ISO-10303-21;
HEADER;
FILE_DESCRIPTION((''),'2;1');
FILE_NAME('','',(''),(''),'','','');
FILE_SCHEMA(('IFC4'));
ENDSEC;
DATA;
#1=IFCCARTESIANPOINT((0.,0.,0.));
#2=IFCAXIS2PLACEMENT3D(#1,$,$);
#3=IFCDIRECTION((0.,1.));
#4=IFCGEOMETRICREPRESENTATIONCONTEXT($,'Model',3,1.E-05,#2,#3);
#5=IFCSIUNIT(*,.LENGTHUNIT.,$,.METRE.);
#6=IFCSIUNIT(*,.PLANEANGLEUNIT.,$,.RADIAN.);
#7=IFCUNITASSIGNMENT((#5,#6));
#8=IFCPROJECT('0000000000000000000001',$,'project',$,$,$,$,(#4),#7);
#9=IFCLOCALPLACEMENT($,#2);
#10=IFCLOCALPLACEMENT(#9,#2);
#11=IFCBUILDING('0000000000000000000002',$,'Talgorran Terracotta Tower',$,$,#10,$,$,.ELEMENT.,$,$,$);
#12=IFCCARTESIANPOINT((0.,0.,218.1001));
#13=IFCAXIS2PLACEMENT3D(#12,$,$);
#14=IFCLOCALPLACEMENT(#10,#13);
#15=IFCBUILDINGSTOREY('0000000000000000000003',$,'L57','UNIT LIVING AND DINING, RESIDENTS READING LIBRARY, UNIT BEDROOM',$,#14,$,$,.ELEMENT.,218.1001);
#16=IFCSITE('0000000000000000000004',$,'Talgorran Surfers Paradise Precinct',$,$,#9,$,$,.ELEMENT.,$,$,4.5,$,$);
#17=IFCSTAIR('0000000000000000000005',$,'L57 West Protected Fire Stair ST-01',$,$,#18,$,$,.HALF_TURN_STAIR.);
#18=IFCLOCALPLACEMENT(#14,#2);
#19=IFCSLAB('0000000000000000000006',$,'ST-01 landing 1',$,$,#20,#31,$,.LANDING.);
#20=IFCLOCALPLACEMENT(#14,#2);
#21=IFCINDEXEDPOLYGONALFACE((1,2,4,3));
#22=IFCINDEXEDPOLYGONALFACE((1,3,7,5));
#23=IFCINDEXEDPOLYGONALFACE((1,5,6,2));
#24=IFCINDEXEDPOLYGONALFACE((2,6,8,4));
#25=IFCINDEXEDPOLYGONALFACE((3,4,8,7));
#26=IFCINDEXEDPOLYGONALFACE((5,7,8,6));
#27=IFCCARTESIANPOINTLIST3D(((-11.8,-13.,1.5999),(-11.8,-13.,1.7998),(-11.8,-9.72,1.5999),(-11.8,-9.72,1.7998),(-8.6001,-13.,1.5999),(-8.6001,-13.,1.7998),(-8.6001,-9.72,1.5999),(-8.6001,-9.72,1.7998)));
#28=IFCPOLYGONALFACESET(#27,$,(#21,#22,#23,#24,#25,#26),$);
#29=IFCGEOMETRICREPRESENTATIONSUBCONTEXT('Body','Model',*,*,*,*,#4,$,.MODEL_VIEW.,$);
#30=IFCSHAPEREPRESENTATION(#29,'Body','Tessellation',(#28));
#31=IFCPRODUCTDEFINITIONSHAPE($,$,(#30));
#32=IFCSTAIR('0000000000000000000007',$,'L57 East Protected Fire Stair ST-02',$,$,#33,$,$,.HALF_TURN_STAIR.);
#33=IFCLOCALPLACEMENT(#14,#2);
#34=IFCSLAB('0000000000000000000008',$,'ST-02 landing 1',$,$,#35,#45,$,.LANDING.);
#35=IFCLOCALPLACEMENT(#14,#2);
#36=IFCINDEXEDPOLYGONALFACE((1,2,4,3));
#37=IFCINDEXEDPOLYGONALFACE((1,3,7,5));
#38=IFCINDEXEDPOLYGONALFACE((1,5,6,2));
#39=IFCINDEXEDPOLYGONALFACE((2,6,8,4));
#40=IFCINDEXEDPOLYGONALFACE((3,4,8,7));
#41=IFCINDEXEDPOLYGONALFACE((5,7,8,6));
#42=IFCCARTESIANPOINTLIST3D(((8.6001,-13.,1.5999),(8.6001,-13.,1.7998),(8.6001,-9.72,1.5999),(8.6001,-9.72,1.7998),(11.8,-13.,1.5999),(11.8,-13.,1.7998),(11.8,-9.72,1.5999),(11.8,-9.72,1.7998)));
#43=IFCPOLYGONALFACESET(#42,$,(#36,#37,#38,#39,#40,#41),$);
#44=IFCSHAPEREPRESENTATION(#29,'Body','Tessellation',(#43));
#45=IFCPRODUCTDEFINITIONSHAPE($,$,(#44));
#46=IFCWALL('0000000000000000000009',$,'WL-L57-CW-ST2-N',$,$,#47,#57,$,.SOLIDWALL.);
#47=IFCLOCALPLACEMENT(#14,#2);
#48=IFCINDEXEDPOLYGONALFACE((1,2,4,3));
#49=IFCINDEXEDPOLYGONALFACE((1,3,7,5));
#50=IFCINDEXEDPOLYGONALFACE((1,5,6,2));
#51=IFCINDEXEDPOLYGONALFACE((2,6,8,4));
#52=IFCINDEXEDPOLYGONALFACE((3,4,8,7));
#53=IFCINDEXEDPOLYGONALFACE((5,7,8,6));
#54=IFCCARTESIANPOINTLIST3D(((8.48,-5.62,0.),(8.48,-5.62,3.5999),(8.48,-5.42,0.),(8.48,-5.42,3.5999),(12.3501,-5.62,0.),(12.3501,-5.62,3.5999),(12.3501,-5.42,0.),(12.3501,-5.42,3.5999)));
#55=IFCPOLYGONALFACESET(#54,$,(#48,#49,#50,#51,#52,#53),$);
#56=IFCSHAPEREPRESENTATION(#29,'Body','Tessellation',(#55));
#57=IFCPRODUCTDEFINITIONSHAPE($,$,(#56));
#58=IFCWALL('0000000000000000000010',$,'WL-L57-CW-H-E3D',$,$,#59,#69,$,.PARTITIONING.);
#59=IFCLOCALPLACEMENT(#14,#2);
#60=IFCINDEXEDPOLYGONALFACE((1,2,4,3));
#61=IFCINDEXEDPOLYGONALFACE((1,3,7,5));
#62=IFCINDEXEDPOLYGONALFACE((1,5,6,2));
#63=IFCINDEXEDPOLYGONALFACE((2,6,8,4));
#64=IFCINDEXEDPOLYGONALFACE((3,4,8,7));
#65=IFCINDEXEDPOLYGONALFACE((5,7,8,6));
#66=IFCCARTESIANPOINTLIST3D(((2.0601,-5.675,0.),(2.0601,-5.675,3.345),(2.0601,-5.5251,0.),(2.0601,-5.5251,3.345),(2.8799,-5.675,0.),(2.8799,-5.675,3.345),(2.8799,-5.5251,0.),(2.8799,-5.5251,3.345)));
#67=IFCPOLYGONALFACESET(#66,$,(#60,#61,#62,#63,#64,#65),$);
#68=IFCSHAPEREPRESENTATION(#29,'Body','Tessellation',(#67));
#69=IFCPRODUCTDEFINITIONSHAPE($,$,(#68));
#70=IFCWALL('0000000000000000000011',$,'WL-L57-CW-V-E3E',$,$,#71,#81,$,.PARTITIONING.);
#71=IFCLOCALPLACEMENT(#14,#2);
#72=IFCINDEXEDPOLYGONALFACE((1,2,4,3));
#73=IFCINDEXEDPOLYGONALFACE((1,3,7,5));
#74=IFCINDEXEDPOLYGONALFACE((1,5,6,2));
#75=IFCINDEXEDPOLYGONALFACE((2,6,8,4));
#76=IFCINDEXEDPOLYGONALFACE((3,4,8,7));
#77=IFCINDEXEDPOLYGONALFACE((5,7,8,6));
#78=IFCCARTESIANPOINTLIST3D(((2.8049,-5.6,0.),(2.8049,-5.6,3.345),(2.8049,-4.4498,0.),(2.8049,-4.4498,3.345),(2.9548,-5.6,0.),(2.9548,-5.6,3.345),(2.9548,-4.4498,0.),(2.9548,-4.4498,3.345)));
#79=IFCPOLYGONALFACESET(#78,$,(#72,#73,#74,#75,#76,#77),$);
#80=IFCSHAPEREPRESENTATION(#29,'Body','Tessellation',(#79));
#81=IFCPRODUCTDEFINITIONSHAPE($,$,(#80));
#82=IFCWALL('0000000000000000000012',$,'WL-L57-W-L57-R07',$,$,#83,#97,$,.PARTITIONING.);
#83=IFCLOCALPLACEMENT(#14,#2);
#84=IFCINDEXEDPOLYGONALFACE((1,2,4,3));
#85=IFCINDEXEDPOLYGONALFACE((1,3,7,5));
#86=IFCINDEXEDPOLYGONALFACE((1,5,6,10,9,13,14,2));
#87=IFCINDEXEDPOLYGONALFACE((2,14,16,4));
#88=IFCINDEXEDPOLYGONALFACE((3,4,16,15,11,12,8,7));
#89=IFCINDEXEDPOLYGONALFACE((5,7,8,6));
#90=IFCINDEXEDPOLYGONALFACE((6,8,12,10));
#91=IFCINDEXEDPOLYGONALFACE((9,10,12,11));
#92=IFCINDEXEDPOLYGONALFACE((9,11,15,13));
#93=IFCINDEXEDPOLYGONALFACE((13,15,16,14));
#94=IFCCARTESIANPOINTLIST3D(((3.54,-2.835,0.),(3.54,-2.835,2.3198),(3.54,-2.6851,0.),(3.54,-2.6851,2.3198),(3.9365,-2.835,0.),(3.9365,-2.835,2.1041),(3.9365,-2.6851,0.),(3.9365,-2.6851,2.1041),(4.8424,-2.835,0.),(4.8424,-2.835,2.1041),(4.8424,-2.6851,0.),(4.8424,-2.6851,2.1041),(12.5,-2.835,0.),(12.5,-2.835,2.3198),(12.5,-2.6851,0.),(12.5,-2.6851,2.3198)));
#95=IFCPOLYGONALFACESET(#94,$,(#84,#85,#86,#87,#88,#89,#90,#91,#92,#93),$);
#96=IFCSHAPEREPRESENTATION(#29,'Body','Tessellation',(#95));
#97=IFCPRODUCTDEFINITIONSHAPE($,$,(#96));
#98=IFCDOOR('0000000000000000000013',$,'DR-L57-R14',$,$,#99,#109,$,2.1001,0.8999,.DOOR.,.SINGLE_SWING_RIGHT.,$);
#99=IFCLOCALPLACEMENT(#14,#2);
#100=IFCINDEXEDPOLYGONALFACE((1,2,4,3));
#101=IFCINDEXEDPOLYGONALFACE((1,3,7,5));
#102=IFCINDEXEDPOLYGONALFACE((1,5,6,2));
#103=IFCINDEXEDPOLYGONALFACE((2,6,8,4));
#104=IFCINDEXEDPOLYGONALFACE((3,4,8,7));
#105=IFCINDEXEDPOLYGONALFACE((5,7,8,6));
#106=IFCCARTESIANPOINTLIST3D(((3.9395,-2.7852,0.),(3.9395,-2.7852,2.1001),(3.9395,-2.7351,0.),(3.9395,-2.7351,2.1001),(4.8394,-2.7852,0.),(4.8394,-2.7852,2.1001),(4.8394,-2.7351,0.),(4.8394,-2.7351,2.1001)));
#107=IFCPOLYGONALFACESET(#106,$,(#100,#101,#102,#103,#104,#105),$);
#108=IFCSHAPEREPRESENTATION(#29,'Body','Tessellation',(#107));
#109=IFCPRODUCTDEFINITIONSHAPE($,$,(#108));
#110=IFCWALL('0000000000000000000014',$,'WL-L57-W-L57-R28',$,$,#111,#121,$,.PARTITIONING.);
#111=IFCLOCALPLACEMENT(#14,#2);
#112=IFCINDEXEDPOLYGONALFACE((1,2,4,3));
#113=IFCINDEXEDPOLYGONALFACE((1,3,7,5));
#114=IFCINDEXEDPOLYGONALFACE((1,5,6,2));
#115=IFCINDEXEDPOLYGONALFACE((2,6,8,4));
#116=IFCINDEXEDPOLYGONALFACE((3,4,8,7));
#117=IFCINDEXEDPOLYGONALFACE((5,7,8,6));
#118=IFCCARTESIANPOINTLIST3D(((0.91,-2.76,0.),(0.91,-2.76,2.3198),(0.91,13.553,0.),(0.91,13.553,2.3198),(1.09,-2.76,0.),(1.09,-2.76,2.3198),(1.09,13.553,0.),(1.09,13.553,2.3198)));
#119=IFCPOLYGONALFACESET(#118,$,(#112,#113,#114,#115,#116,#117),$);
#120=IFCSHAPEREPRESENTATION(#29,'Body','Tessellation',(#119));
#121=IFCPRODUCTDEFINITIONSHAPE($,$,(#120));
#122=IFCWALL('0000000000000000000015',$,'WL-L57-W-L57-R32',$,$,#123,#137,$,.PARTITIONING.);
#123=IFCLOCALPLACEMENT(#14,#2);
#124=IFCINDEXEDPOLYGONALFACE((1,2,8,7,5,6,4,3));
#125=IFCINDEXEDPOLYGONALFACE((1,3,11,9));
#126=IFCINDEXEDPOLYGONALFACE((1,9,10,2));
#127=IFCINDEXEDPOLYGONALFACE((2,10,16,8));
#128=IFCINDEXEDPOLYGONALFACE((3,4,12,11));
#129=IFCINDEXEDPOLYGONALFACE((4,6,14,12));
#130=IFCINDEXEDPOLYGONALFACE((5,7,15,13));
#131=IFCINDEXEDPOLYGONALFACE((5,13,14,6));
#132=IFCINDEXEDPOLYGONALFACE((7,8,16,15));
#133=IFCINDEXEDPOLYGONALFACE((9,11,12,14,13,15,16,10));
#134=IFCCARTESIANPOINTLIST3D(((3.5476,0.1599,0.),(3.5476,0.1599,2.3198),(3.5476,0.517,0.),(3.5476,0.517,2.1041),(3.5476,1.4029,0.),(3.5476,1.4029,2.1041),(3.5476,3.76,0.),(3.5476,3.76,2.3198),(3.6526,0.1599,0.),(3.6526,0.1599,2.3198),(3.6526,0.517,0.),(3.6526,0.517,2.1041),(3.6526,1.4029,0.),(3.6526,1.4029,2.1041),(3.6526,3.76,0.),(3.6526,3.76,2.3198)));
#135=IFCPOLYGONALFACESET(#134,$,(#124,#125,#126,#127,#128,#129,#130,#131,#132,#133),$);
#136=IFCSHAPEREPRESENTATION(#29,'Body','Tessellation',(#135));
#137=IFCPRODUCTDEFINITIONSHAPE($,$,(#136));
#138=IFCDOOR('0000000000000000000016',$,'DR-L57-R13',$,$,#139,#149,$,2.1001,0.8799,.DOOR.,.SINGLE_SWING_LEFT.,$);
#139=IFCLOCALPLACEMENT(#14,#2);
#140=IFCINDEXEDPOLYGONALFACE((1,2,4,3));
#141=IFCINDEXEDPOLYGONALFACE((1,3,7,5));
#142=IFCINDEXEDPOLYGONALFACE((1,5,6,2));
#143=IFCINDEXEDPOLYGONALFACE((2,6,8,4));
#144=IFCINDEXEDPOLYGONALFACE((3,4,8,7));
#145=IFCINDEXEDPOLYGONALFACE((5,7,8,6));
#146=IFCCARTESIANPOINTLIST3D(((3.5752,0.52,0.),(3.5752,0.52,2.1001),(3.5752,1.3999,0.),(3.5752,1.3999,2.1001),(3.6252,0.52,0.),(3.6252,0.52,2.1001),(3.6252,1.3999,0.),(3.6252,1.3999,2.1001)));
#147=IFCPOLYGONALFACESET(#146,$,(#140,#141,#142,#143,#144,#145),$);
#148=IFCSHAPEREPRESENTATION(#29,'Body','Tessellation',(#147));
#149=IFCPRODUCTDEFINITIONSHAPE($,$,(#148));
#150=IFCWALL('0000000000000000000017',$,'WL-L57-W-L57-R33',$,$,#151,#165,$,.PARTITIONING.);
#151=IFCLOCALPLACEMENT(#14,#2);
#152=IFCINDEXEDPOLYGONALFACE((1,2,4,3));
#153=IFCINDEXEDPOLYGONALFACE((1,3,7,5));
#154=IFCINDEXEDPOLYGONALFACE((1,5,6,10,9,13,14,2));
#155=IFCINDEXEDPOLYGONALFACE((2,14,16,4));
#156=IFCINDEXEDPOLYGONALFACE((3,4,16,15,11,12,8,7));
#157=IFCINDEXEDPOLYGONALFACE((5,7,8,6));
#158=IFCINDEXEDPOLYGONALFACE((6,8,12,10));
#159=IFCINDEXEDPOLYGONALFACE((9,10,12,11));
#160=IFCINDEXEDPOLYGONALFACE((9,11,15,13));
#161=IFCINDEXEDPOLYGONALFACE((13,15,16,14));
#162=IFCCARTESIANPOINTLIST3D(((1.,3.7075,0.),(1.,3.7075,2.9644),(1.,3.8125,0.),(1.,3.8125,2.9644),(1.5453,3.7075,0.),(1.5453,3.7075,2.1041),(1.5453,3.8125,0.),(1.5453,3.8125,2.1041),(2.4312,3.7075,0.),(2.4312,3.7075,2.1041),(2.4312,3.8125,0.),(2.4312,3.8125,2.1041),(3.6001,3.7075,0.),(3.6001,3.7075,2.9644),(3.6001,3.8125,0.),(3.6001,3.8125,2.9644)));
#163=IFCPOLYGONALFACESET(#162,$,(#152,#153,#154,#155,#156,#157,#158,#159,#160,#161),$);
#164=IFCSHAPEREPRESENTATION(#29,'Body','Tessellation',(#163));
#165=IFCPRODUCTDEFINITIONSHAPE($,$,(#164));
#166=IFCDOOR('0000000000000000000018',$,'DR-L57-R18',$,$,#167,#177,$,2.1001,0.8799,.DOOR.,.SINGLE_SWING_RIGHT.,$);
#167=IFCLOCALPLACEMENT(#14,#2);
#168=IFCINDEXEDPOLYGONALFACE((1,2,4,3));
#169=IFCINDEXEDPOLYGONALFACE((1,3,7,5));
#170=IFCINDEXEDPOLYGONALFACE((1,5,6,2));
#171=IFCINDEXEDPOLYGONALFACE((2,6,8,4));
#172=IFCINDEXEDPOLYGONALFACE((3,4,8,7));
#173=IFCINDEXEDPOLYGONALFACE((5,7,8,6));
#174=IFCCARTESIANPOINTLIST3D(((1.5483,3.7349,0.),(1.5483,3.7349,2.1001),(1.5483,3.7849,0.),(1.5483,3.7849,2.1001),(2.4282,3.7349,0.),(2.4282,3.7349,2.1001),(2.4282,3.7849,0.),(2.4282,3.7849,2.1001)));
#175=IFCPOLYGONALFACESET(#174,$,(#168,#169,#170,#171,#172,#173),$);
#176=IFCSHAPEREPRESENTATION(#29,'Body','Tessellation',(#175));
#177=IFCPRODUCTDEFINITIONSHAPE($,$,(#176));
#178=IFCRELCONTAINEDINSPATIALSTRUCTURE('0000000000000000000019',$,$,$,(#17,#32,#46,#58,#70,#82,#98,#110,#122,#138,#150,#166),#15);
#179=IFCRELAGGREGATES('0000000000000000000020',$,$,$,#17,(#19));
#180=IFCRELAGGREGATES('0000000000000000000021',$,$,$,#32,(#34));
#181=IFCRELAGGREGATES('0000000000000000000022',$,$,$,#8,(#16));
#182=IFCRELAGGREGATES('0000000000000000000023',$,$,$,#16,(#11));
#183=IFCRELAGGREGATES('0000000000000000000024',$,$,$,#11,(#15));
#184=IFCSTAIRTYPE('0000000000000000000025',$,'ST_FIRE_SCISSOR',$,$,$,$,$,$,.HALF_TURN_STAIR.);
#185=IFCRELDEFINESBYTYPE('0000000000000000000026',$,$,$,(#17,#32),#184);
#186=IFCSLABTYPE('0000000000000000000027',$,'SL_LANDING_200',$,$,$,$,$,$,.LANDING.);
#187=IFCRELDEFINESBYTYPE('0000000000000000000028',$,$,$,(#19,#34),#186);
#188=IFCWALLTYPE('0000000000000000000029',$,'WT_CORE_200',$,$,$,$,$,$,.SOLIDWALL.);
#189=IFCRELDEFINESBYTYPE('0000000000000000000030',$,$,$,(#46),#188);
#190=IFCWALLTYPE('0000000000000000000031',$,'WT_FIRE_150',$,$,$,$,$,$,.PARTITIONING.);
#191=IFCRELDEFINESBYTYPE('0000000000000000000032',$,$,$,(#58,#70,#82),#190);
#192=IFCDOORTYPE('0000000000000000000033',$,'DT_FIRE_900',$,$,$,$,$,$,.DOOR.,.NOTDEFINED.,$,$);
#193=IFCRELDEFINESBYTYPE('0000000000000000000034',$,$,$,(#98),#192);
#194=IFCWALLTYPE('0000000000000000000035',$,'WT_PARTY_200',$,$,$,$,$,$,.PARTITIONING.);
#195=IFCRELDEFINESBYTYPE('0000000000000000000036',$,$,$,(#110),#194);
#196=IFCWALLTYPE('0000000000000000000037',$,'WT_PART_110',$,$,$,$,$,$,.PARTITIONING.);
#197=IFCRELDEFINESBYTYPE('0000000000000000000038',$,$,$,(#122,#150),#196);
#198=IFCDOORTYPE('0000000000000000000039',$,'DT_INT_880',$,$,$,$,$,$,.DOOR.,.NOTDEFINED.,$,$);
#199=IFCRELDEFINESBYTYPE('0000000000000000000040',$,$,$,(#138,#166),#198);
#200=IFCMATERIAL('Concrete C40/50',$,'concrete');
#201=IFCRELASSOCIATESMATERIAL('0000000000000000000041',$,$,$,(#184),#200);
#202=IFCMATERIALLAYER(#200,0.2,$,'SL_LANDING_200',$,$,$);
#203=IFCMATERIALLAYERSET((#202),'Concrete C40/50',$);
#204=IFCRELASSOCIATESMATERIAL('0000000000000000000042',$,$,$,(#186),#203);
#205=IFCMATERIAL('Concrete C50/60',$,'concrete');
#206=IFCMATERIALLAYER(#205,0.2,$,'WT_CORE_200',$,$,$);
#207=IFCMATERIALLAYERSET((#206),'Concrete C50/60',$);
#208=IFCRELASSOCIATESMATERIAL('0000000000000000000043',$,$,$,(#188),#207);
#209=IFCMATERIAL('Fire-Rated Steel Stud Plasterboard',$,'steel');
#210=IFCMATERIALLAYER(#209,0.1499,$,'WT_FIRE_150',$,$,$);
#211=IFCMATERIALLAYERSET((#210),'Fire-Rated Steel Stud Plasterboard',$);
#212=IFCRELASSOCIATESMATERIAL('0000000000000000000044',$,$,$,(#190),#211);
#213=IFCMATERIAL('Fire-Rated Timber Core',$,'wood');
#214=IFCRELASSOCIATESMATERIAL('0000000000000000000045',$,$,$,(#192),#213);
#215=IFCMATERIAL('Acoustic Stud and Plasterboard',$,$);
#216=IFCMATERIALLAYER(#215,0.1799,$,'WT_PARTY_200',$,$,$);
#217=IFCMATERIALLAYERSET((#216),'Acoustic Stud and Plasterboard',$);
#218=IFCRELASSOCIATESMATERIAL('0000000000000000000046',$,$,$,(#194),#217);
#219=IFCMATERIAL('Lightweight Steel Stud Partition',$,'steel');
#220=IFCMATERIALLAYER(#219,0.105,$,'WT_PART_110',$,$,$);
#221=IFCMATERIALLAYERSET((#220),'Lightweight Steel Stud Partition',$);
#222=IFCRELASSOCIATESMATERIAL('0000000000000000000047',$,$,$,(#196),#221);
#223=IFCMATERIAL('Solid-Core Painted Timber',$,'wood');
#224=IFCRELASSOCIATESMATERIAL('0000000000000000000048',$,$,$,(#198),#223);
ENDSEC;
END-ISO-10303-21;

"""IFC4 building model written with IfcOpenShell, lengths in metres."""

from ifc_helpers import new_model, si_unit, direction, frame, frame_2d, origin, place, context, subcontext, project, spatial, polyline, rectangle, outline, extrude, material, layer, layer_set, type_object, element, fill, aggregate, save


model = new_model("IFC4")

# Units and contexts
model_context = context("Model", 3, precision=1e-05, world=origin(), true_north=direction((0.0, 1.0)))
body_context = subcontext(model_context, "Body", "Model", "MODEL_VIEW")
ifc_project = project(units=[si_unit("LENGTHUNIT", "METRE"), si_unit("PLANEANGLEUNIT", "RADIAN")], contexts=[model_context])

# Site, building, storey
site_placement = place(None, origin())
site = spatial("IfcSite", under=ifc_project, at=site_placement, Name="Talgorran Surfers Paradise Precinct", CompositionType="ELEMENT", RefElevation=4.5)
building_placement = place(site_placement, origin())
building = spatial("IfcBuilding", under=site, at=building_placement, Name="Talgorran Terracotta Tower", CompositionType="ELEMENT")
storey_placement = place(building_placement, frame((0.0, 0.0, 218.1001)))
storey = spatial("IfcBuildingStorey", under=building, at=storey_placement, Name="L57", Description="UNIT LIVING AND DINING, RESIDENTS READING LIBRARY, UNIT BEDROOM", CompositionType="ELEMENT", Elevation=218.1001)

# Stairs, slabs
ifc_material_1 = material(Name="Concrete C40/50", Category="concrete")
stair_type = type_object("IfcStairType", Name="ST_FIRE_SCISSOR", PredefinedType="HALF_TURN_STAIR", material=ifc_material_1)
stair_1_placement = place(storey_placement, origin())
stair_1 = element("IfcStair", 1, at=stair_1_placement, inside=storey, type_object=stair_type, Name="L57 West Protected Fire Stair ST-01", PredefinedType="HALF_TURN_STAIR")
ifc_layer_1 = layer(ifc_material_1, 0.2, Name="SL_LANDING_200")
ifc_layer_set_1 = layer_set([ifc_layer_1], Name="Concrete C40/50")
slab_type = type_object("IfcSlabType", Name="SL_LANDING_200", PredefinedType="LANDING", material=ifc_layer_set_1)
slab_1_placement = place(storey_placement, frame((0.0, 0.0, 1.5999)))
slab_1 = element("IfcSlab", 2, at=slab_1_placement, type_object=slab_type, Name="ST-01 landing 1", PredefinedType="LANDING", context=body_context, shape_type="SweptSolid", body=[
    extrude(outline(polyline([(-11.8, -9.72), (-11.8, -13.0), (-8.6001, -13.0), (-8.6001, -9.72), (-11.8, -9.72)])), origin(), (0.0, 0.0, 1.0), 0.2),
])
aggregate(stair_1, [slab_1])
stair_2_placement = place(storey_placement, origin())
stair_2 = element("IfcStair", 3, at=stair_2_placement, inside=storey, type_object=stair_type, Name="L57 East Protected Fire Stair ST-02", PredefinedType="HALF_TURN_STAIR")
slab_2_placement = place(storey_placement, frame((0.0, 0.0, 1.5999)))
slab_2 = element("IfcSlab", 4, at=slab_2_placement, type_object=slab_type, Name="ST-02 landing 1", PredefinedType="LANDING", context=body_context, shape_type="SweptSolid", body=[
    extrude(outline(polyline([(8.6001, -9.72), (8.6001, -13.0), (11.8, -13.0), (11.8, -9.72), (8.6001, -9.72)])), origin(), (0.0, 0.0, 1.0), 0.2),
])
aggregate(stair_2, [slab_2])

# Walls
ifc_material_2 = material(Name="Concrete C50/60", Category="concrete")
ifc_layer_2 = layer(ifc_material_2, 0.2, Name="WT_CORE_200")
ifc_layer_set_2 = layer_set([ifc_layer_2], Name="Concrete C50/60")
wall_type_1 = type_object("IfcWallType", Name="WT_CORE_200", PredefinedType="SOLIDWALL", material=ifc_layer_set_2)
wall_1_placement = place(storey_placement, frame((8.48, -5.52, 0.0), z_axis=(0.0, 0.0, 1.0), x_axis=(1.0, 0.0, 0.0)))
element("IfcWall", 5, at=wall_1_placement, inside=storey, type_object=wall_type_1, Name="WL-L57-CW-ST2-N", PredefinedType="SOLIDWALL", context=body_context, shape_type="SweptSolid", body=[
    extrude(rectangle(XDim=3.8701, YDim=0.2, at=frame_2d((1.9351, 0.0))), origin(), (0.0, 0.0, 1.0), 3.5999),
])
ifc_material_3 = material(Name="Fire-Rated Steel Stud Plasterboard", Category="steel")
ifc_layer_3 = layer(ifc_material_3, 0.1499, Name="WT_FIRE_150")
ifc_layer_set_3 = layer_set([ifc_layer_3], Name="Fire-Rated Steel Stud Plasterboard")
wall_type_2 = type_object("IfcWallType", Name="WT_FIRE_150", PredefinedType="PARTITIONING", material=ifc_layer_set_3)
wall_2_placement = place(storey_placement, frame((2.0601, -5.6001, 0.0), z_axis=(0.0, 0.0, 1.0), x_axis=(1.0, 0.0, 0.0)))
element("IfcWall", 6, at=wall_2_placement, inside=storey, type_object=wall_type_2, Name="WL-L57-CW-H-E3D", PredefinedType="PARTITIONING", context=body_context, shape_type="SweptSolid", body=[
    extrude(rectangle(XDim=0.8198, YDim=0.1499, at=frame_2d((0.4099, 0.0))), origin(), (0.0, 0.0, 1.0), 3.345),
])
wall_3_placement = place(storey_placement, frame((2.8799, -5.6001, 0.0), z_axis=(0.0, 0.0, 1.0), x_axis=(0.0, 1.0, 0.0)))
element("IfcWall", 7, at=wall_3_placement, inside=storey, type_object=wall_type_2, Name="WL-L57-CW-V-E3E", PredefinedType="PARTITIONING", context=body_context, shape_type="SweptSolid", body=[
    extrude(rectangle(XDim=1.1501, YDim=0.1499, at=frame_2d((0.5752, 0.0))), origin(), (0.0, 0.0, 1.0), 3.345),
])

# Wall, opening, door
wall_4_placement = place(storey_placement, frame((3.54, -2.76, 0.0), z_axis=(0.0, 0.0, 1.0), x_axis=(1.0, 0.0, 0.0)))
wall_4 = element("IfcWall", 8, at=wall_4_placement, inside=storey, type_object=wall_type_2, Name="WL-L57-W-L57-R07", PredefinedType="PARTITIONING", context=body_context, shape_type="SweptSolid", body=[
    extrude(rectangle(XDim=8.96, YDim=0.1499, at=frame_2d((4.48, 0.0))), origin(), (0.0, 0.0, 1.0), 2.3198),
])
opening_1_placement = place(wall_4_placement, frame((0.3994, 0.0, 0.0)))
opening_1 = element("IfcOpeningElement", 9, at=opening_1_placement, cuts=wall_4, PredefinedType="OPENING", context=body_context, shape_type="SweptSolid", body=[
    extrude(rectangle(XDim=0.9059, YDim=2.1041, at=frame_2d((0.45, 1.052))), frame((0.0, 0.085, 0.0), z_axis=(0.0, -1.0, 0.0), x_axis=(1.0, 0.0, 0.0)), (0.0, 0.0, 1.0), 0.1699),
])
ifc_material_4 = material(Name="Fire-Rated Timber Core", Category="wood")
door_type_1 = type_object("IfcDoorType", Name="DT_FIRE_900", OperationType="NOTDEFINED", PredefinedType="DOOR", material=ifc_material_4)
door_1_placement = place(opening_1_placement, origin())
door_1 = element("IfcDoor", 10, at=door_1_placement, inside=storey, type_object=door_type_1, Name="DR-L57-R14", OperationType="SINGLE_SWING_RIGHT", OverallHeight=2.1001, OverallWidth=0.8999, PredefinedType="DOOR", context=body_context, shape_type="SweptSolid", body=[
    extrude(rectangle(XDim=0.8999, YDim=2.1001, at=frame_2d((0.45, 1.05))), frame((0.0, 0.0249, 0.0), z_axis=(0.0, -1.0, 0.0), x_axis=(1.0, 0.0, 0.0)), (0.0, 0.0, 1.0), 0.05),
])
fill(opening_1, door_1)

# Wall
ifc_material_5 = material(Name="Acoustic Stud and Plasterboard")
ifc_layer_4 = layer(ifc_material_5, 0.1799, Name="WT_PARTY_200")
ifc_layer_set_4 = layer_set([ifc_layer_4], Name="Acoustic Stud and Plasterboard")
wall_type_3 = type_object("IfcWallType", Name="WT_PARTY_200", PredefinedType="PARTITIONING", material=ifc_layer_set_4)
wall_5_placement = place(storey_placement, frame((1.0, -2.76, 0.0), z_axis=(0.0, 0.0, 1.0), x_axis=(0.0, 1.0, 0.0)))
element("IfcWall", 11, at=wall_5_placement, inside=storey, type_object=wall_type_3, Name="WL-L57-W-L57-R28", PredefinedType="PARTITIONING", context=body_context, shape_type="SweptSolid", body=[
    extrude(rectangle(XDim=16.313, YDim=0.1799, at=frame_2d((8.1565, 0.0))), origin(), (0.0, 0.0, 1.0), 2.3198),
])

# Walls, openings, doors
ifc_material_6 = material(Name="Lightweight Steel Stud Partition", Category="steel")
ifc_layer_5 = layer(ifc_material_6, 0.105, Name="WT_PART_110")
ifc_layer_set_5 = layer_set([ifc_layer_5], Name="Lightweight Steel Stud Partition")
wall_type_4 = type_object("IfcWallType", Name="WT_PART_110", PredefinedType="PARTITIONING", material=ifc_layer_set_5)
wall_6_placement = place(storey_placement, frame((3.6001, 0.1599, 0.0), z_axis=(0.0, 0.0, 1.0), x_axis=(0.0, 1.0, 0.0)))
wall_6 = element("IfcWall", 12, at=wall_6_placement, inside=storey, type_object=wall_type_4, Name="WL-L57-W-L57-R32", PredefinedType="PARTITIONING", context=body_context, shape_type="SweptSolid", body=[
    extrude(rectangle(XDim=3.6001, YDim=0.105, at=frame_2d((1.8, 0.0))), origin(), (0.0, 0.0, 1.0), 2.3198),
])
opening_2_placement = place(wall_6_placement, frame((0.3601, 0.0, 0.0)))
opening_2 = element("IfcOpeningElement", 13, at=opening_2_placement, cuts=wall_6, PredefinedType="OPENING", context=body_context, shape_type="SweptSolid", body=[
    extrude(rectangle(XDim=0.8859, YDim=2.1041, at=frame_2d((0.4399, 1.052))), frame((0.0, 0.0625, 0.0), z_axis=(0.0, -1.0, 0.0), x_axis=(1.0, 0.0, 0.0)), (0.0, 0.0, 1.0), 0.125),
])
ifc_material_7 = material(Name="Solid-Core Painted Timber", Category="wood")
door_type_2 = type_object("IfcDoorType", Name="DT_INT_880", OperationType="NOTDEFINED", PredefinedType="DOOR", material=ifc_material_7)
door_2_placement = place(opening_2_placement, origin())
door_2 = element("IfcDoor", 14, at=door_2_placement, inside=storey, type_object=door_type_2, Name="DR-L57-R13", OperationType="SINGLE_SWING_LEFT", OverallHeight=2.1001, OverallWidth=0.8799, PredefinedType="DOOR", context=body_context, shape_type="SweptSolid", body=[
    extrude(rectangle(XDim=0.8799, YDim=2.1001, at=frame_2d((0.4399, 1.05))), frame((0.0, 0.0249, 0.0), z_axis=(0.0, -1.0, 0.0), x_axis=(1.0, 0.0, 0.0)), (0.0, 0.0, 1.0), 0.05),
])
fill(opening_2, door_2)
wall_7_placement = place(storey_placement, frame((1.0, 3.76, 0.0), z_axis=(0.0, 0.0, 1.0), x_axis=(1.0, 0.0, 0.0)))
wall_7 = element("IfcWall", 15, at=wall_7_placement, inside=storey, type_object=wall_type_4, Name="WL-L57-W-L57-R33", PredefinedType="PARTITIONING", context=body_context, shape_type="SweptSolid", body=[
    extrude(rectangle(XDim=2.6001, YDim=0.105, at=frame_2d((1.3, 0.0))), origin(), (0.0, 0.0, 1.0), 2.9644),
])
opening_3_placement = place(wall_7_placement, frame((0.5483, 0.0, 0.0)))
opening_3 = element("IfcOpeningElement", 16, at=opening_3_placement, cuts=wall_7, PredefinedType="OPENING", context=body_context, shape_type="SweptSolid", body=[
    extrude(rectangle(XDim=0.8859, YDim=2.1041, at=frame_2d((0.4399, 1.052))), frame((0.0, 0.0625, 0.0), z_axis=(0.0, -1.0, 0.0), x_axis=(1.0, 0.0, 0.0)), (0.0, 0.0, 1.0), 0.125),
])
door_3_placement = place(opening_3_placement, origin())
door_3 = element("IfcDoor", 17, at=door_3_placement, inside=storey, type_object=door_type_2, Name="DR-L57-R18", OperationType="SINGLE_SWING_RIGHT", OverallHeight=2.1001, OverallWidth=0.8799, PredefinedType="DOOR", context=body_context, shape_type="SweptSolid", body=[
    extrude(rectangle(XDim=0.8799, YDim=2.1001, at=frame_2d((0.4399, 1.05))), frame((0.0, 0.0249, 0.0), z_axis=(0.0, -1.0, 0.0), x_axis=(1.0, 0.0, 0.0)), (0.0, 0.0, 1.0), 0.05),
])
fill(opening_3, door_3)

save(model, "model.ifc")
